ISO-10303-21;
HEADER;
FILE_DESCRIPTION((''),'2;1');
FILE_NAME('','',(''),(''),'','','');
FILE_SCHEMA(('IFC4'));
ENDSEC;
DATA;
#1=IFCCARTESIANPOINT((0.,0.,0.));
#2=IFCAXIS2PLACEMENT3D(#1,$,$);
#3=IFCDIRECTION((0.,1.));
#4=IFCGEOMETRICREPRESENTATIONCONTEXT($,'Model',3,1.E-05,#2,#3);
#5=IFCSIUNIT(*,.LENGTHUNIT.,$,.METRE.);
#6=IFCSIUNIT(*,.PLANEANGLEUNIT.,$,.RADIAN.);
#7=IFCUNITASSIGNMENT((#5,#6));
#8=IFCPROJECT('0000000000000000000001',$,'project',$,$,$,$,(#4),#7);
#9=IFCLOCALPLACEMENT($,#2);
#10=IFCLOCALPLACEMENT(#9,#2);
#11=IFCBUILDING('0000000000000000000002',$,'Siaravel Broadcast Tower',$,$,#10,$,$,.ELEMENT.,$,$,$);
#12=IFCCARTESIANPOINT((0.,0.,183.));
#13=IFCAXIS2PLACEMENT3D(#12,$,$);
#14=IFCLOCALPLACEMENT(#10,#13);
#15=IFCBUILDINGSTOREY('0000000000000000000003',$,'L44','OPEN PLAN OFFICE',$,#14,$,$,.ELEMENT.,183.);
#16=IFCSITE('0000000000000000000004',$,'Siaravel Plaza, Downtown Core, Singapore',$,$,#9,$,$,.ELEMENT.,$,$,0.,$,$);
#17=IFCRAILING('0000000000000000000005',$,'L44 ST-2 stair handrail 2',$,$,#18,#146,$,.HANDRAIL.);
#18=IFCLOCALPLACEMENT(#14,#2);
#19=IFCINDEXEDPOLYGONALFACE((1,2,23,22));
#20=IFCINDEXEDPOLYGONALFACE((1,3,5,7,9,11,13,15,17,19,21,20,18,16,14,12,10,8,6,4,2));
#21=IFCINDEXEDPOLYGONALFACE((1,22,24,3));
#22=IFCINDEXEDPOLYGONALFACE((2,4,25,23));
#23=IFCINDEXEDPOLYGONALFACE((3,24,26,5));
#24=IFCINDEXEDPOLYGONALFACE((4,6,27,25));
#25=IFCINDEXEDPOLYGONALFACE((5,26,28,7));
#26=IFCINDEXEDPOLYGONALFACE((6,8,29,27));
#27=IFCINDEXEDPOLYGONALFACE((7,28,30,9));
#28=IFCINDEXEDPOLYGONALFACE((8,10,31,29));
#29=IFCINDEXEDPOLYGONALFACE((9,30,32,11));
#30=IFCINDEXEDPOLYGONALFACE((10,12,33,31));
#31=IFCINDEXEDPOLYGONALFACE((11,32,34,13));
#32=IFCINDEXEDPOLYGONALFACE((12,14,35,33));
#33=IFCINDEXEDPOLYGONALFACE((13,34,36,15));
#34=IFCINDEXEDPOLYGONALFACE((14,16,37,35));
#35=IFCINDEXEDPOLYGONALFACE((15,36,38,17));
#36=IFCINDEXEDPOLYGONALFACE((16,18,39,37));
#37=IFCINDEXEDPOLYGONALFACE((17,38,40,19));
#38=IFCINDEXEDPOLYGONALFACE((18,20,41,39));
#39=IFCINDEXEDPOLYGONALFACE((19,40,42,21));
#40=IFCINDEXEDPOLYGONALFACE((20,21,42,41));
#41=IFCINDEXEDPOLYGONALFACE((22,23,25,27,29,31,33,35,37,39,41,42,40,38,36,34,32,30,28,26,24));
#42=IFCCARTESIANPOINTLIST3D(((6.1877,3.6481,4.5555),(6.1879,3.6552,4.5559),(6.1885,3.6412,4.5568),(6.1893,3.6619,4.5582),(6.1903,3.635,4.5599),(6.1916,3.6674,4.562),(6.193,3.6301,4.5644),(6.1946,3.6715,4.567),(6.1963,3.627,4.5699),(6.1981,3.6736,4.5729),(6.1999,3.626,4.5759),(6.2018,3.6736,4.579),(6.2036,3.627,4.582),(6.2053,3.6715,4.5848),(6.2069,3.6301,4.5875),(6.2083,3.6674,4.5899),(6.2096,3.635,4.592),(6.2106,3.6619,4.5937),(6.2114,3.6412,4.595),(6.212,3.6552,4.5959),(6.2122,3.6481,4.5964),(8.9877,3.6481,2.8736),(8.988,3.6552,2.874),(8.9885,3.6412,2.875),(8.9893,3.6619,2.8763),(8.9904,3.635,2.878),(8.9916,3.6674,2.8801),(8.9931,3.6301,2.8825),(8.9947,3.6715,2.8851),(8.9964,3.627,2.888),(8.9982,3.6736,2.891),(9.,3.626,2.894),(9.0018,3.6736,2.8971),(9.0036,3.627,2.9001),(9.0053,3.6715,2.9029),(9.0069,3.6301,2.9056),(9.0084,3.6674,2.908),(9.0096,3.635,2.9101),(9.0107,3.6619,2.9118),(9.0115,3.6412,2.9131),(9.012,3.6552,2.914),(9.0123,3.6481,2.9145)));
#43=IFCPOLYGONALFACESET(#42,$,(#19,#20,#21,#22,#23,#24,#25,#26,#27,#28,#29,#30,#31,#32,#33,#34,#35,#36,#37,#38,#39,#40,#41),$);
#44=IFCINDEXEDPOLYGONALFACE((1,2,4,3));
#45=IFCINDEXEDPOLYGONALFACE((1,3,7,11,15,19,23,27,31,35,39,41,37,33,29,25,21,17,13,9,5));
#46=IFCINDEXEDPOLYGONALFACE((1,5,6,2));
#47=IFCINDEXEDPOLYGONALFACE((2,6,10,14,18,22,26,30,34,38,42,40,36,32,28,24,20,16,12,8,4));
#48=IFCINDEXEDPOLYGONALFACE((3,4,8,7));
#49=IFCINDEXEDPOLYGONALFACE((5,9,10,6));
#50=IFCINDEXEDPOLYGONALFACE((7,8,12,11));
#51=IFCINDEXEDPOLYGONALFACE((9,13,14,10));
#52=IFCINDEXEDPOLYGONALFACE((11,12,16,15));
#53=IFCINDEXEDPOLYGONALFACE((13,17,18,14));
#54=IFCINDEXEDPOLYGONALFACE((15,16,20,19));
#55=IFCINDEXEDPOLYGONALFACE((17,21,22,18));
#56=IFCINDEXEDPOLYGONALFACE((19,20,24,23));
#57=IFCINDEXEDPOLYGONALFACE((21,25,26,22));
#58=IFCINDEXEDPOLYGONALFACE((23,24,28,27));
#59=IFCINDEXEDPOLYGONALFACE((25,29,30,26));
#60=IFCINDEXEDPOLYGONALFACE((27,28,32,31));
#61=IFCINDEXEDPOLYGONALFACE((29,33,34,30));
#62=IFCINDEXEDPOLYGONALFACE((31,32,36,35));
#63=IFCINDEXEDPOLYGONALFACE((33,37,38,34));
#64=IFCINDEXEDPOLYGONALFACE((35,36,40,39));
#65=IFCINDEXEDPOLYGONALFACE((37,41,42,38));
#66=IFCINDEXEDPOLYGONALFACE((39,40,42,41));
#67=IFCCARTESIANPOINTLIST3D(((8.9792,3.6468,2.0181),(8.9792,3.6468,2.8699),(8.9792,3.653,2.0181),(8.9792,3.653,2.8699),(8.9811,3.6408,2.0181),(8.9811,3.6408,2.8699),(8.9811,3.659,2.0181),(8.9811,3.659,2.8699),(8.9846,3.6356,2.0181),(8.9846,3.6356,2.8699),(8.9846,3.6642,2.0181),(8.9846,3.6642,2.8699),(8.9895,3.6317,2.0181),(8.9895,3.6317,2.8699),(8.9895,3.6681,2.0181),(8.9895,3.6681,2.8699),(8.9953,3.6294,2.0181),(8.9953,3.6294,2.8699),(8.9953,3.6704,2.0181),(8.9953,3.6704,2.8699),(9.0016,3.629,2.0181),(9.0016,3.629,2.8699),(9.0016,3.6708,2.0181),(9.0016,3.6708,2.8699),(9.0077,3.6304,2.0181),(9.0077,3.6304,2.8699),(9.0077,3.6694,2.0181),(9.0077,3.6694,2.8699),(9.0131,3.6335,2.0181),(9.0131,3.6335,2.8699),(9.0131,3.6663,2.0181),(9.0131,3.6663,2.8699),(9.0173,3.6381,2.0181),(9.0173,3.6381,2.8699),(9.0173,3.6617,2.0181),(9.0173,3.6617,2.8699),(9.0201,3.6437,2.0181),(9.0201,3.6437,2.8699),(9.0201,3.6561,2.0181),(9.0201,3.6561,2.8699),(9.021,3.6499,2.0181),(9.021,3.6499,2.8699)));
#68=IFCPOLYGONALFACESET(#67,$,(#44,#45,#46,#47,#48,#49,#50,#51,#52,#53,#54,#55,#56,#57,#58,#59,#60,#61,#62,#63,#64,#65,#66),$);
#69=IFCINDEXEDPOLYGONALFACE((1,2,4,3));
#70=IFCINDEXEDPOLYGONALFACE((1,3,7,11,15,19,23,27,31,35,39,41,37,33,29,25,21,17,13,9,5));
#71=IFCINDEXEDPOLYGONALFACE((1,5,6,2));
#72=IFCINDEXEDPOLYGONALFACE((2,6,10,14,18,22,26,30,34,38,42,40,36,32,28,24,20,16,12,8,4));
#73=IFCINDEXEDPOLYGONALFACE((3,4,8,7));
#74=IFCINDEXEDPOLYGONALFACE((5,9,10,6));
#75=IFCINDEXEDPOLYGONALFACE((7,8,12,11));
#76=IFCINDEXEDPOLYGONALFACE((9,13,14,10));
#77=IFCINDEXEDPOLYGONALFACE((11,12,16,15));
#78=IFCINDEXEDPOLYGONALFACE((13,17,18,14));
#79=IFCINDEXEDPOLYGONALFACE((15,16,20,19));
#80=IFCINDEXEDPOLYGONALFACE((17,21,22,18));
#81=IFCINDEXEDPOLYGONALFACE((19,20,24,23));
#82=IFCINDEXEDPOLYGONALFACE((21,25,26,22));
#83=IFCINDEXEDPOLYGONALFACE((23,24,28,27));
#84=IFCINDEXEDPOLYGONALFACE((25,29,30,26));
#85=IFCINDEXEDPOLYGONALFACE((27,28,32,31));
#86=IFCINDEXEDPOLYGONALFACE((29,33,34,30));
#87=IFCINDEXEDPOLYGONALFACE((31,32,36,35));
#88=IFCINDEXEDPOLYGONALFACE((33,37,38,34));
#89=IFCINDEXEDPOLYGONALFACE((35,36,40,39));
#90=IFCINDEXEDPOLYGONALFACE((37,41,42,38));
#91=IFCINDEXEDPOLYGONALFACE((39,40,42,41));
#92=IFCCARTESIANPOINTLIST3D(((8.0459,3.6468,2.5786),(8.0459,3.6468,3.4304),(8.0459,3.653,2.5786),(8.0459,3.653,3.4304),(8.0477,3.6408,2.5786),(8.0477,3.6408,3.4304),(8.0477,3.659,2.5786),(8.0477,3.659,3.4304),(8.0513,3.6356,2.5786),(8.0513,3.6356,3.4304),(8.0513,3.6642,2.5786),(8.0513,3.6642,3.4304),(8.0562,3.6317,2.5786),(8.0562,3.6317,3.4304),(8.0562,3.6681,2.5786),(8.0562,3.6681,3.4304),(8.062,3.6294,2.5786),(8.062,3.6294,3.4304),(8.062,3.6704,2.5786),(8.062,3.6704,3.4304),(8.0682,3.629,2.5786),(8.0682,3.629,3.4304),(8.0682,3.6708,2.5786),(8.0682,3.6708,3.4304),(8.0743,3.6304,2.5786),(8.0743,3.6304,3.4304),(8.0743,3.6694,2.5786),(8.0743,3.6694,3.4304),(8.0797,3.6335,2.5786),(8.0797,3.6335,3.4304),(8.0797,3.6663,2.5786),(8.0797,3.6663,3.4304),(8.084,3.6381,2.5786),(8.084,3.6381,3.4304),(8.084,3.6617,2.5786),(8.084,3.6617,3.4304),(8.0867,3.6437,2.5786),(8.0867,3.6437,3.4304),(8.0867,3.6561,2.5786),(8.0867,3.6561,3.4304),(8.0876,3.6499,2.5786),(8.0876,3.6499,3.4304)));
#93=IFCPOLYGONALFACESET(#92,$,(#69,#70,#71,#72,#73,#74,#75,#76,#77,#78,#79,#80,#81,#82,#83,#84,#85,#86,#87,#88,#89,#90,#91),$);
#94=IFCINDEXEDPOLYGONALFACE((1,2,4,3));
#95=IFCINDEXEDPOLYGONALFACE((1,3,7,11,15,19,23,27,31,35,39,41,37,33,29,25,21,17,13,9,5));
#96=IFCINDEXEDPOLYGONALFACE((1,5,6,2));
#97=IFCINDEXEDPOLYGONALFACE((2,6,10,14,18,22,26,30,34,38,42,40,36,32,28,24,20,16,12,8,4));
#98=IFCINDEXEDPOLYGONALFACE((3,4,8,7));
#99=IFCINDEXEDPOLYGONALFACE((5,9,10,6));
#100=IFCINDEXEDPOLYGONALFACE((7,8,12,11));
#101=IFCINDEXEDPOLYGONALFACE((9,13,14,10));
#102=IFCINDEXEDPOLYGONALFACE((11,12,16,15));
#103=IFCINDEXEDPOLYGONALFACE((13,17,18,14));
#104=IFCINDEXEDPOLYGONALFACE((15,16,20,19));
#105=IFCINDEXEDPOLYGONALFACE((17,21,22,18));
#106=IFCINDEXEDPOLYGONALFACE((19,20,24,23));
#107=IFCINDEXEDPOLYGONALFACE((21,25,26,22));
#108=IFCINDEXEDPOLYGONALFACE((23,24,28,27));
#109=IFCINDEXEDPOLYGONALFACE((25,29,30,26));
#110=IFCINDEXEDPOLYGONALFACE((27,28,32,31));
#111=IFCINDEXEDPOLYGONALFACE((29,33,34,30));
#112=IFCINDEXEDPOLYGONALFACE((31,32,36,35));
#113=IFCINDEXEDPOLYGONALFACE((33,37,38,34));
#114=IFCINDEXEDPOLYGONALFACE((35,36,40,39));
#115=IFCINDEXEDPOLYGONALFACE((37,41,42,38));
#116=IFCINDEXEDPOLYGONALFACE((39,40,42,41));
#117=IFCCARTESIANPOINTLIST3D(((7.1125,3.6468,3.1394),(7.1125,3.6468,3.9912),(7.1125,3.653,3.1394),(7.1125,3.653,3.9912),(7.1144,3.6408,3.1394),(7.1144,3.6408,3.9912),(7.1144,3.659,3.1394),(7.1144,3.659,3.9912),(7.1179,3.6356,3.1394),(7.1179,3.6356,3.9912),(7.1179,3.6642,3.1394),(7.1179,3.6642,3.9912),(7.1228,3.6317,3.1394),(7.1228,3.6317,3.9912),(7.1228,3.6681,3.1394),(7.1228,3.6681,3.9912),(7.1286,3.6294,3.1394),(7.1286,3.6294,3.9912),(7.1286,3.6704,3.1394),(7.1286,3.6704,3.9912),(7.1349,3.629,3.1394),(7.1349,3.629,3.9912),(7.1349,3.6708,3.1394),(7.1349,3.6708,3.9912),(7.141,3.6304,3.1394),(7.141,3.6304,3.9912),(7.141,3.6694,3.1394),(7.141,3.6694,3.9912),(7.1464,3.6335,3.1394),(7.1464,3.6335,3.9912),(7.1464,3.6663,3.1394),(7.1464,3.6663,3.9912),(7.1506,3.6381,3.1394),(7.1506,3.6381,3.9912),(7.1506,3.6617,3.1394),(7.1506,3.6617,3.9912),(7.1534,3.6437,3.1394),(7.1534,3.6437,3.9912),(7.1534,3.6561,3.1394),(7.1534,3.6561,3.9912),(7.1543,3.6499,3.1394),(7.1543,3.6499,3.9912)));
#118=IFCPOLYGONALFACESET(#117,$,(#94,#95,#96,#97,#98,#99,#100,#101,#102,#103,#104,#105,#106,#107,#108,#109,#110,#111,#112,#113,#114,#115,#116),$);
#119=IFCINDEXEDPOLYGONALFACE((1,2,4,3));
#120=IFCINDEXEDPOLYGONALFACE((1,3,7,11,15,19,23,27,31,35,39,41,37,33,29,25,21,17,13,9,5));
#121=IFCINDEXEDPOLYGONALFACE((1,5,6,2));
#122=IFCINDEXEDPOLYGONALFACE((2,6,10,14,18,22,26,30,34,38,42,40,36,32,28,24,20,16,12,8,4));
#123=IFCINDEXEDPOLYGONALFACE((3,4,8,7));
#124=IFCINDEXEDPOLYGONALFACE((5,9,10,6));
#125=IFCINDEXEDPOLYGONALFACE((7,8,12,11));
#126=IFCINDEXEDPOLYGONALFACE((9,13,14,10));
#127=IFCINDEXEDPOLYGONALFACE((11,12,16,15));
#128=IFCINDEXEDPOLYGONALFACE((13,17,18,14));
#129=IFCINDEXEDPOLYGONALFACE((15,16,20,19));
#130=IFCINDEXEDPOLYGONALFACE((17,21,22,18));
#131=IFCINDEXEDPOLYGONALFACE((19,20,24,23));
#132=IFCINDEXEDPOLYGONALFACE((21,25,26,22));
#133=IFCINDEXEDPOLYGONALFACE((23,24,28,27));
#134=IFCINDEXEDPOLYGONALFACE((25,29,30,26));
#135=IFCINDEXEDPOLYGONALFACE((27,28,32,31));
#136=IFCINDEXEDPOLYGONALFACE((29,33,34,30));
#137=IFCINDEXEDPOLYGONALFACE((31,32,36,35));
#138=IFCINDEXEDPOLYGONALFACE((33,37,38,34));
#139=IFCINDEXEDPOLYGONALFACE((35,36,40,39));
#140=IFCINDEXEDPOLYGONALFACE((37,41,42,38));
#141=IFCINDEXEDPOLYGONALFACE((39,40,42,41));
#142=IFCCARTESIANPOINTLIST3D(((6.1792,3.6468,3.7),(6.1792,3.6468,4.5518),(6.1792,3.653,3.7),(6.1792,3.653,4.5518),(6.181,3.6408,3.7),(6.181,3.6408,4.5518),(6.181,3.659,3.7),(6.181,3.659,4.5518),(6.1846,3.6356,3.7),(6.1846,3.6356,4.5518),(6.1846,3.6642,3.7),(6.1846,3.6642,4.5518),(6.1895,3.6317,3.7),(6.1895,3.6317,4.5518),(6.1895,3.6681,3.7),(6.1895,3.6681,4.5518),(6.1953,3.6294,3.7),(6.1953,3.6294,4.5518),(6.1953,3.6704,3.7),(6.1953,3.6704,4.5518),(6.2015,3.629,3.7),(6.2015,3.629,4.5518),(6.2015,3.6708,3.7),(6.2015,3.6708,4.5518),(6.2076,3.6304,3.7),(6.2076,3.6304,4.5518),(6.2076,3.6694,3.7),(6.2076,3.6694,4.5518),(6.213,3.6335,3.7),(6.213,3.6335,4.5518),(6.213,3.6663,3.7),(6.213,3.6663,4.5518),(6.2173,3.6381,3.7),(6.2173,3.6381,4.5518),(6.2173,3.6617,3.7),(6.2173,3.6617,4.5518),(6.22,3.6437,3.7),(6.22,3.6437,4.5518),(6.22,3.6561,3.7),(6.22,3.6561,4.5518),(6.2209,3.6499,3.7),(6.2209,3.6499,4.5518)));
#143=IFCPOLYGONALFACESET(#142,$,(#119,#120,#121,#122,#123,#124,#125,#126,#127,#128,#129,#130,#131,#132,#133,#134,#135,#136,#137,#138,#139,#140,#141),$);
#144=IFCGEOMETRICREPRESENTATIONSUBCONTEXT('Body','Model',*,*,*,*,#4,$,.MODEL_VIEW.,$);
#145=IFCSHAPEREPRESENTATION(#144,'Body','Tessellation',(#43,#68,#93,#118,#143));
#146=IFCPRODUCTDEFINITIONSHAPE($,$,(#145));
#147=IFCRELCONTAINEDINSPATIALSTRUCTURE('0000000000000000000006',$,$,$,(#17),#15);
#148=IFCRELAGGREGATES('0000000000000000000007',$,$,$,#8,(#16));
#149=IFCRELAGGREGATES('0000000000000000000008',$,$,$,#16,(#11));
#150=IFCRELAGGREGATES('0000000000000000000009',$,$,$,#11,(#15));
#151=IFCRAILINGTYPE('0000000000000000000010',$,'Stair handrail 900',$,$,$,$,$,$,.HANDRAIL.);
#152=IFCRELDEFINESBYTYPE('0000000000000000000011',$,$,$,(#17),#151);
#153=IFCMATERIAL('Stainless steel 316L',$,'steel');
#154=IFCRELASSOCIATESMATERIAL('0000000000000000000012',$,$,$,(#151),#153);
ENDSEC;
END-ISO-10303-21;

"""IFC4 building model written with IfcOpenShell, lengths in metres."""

from ifc_helpers import new_model, si_unit, direction, frame, origin, origin_2d, place, context, subcontext, project, spatial, circle, extrude, material, type_object, element, save


model = new_model("IFC4")

# Units and contexts
model_context = context("Model", 3, precision=1e-05, world=origin(), true_north=direction((0.0, 1.0)))
body_context = subcontext(model_context, "Body", "Model", "MODEL_VIEW")
ifc_project = project(units=[si_unit("LENGTHUNIT", "METRE"), si_unit("PLANEANGLEUNIT", "RADIAN")], contexts=[model_context])

# Site, building, storey
site_placement = place(None, origin())
site = spatial("IfcSite", under=ifc_project, at=site_placement, Name="Siaravel Plaza, Downtown Core, Singapore", CompositionType="ELEMENT", RefElevation=0.0)
building_placement = place(site_placement, origin())
building = spatial("IfcBuilding", under=site, at=building_placement, Name="Siaravel Broadcast Tower", CompositionType="ELEMENT")
storey_placement = place(building_placement, frame((0.0, 0.0, 183.0)))
storey = spatial("IfcBuildingStorey", under=building, at=storey_placement, Name="L44", Description="OPEN PLAN OFFICE", CompositionType="ELEMENT", Elevation=183.0)

# Railing
ifc_material_1 = material(Name="Stainless steel 316L", Category="steel")
railing_type_1 = type_object("IfcRailingType", Name="Stair handrail 900", PredefinedType="HANDRAIL", material=ifc_material_1)
railing_1_placement = place(storey_placement, frame((9.0, 3.6499, 2.0181)))
element("IfcRailing", 1, at=railing_1_placement, inside=storey, type_object=railing_type_1, Name="L44 ST-2 stair handrail 2", PredefinedType="HANDRAIL", context=body_context, shape_type="SweptSolid", body=[
    extrude(circle(Radius=0.0239, at=origin_2d()), frame((0.0, 0.0, 0.876), z_axis=(-0.857242, 0.0, 0.514913), x_axis=(0.0, -1.0, 0.0)), (0.0, 0.0, 1.0), 3.2664),
    extrude(circle(Radius=0.021, at=origin_2d()), origin(), (0.0, 0.0, 1.0), 0.8518),
    extrude(circle(Radius=0.021, at=origin_2d()), frame((-0.9333, 0.0, 0.5605)), (0.0, 0.0, 1.0), 0.8518),
    extrude(circle(Radius=0.021, at=origin_2d()), frame((-1.8667, 0.0, 1.1213)), (0.0, 0.0, 1.0), 0.8518),
    extrude(circle(Radius=0.021, at=origin_2d()), frame((-2.8, 0.0, 1.6819)), (0.0, 0.0, 1.0), 0.8518),
])

save(model, "model.ifc")
